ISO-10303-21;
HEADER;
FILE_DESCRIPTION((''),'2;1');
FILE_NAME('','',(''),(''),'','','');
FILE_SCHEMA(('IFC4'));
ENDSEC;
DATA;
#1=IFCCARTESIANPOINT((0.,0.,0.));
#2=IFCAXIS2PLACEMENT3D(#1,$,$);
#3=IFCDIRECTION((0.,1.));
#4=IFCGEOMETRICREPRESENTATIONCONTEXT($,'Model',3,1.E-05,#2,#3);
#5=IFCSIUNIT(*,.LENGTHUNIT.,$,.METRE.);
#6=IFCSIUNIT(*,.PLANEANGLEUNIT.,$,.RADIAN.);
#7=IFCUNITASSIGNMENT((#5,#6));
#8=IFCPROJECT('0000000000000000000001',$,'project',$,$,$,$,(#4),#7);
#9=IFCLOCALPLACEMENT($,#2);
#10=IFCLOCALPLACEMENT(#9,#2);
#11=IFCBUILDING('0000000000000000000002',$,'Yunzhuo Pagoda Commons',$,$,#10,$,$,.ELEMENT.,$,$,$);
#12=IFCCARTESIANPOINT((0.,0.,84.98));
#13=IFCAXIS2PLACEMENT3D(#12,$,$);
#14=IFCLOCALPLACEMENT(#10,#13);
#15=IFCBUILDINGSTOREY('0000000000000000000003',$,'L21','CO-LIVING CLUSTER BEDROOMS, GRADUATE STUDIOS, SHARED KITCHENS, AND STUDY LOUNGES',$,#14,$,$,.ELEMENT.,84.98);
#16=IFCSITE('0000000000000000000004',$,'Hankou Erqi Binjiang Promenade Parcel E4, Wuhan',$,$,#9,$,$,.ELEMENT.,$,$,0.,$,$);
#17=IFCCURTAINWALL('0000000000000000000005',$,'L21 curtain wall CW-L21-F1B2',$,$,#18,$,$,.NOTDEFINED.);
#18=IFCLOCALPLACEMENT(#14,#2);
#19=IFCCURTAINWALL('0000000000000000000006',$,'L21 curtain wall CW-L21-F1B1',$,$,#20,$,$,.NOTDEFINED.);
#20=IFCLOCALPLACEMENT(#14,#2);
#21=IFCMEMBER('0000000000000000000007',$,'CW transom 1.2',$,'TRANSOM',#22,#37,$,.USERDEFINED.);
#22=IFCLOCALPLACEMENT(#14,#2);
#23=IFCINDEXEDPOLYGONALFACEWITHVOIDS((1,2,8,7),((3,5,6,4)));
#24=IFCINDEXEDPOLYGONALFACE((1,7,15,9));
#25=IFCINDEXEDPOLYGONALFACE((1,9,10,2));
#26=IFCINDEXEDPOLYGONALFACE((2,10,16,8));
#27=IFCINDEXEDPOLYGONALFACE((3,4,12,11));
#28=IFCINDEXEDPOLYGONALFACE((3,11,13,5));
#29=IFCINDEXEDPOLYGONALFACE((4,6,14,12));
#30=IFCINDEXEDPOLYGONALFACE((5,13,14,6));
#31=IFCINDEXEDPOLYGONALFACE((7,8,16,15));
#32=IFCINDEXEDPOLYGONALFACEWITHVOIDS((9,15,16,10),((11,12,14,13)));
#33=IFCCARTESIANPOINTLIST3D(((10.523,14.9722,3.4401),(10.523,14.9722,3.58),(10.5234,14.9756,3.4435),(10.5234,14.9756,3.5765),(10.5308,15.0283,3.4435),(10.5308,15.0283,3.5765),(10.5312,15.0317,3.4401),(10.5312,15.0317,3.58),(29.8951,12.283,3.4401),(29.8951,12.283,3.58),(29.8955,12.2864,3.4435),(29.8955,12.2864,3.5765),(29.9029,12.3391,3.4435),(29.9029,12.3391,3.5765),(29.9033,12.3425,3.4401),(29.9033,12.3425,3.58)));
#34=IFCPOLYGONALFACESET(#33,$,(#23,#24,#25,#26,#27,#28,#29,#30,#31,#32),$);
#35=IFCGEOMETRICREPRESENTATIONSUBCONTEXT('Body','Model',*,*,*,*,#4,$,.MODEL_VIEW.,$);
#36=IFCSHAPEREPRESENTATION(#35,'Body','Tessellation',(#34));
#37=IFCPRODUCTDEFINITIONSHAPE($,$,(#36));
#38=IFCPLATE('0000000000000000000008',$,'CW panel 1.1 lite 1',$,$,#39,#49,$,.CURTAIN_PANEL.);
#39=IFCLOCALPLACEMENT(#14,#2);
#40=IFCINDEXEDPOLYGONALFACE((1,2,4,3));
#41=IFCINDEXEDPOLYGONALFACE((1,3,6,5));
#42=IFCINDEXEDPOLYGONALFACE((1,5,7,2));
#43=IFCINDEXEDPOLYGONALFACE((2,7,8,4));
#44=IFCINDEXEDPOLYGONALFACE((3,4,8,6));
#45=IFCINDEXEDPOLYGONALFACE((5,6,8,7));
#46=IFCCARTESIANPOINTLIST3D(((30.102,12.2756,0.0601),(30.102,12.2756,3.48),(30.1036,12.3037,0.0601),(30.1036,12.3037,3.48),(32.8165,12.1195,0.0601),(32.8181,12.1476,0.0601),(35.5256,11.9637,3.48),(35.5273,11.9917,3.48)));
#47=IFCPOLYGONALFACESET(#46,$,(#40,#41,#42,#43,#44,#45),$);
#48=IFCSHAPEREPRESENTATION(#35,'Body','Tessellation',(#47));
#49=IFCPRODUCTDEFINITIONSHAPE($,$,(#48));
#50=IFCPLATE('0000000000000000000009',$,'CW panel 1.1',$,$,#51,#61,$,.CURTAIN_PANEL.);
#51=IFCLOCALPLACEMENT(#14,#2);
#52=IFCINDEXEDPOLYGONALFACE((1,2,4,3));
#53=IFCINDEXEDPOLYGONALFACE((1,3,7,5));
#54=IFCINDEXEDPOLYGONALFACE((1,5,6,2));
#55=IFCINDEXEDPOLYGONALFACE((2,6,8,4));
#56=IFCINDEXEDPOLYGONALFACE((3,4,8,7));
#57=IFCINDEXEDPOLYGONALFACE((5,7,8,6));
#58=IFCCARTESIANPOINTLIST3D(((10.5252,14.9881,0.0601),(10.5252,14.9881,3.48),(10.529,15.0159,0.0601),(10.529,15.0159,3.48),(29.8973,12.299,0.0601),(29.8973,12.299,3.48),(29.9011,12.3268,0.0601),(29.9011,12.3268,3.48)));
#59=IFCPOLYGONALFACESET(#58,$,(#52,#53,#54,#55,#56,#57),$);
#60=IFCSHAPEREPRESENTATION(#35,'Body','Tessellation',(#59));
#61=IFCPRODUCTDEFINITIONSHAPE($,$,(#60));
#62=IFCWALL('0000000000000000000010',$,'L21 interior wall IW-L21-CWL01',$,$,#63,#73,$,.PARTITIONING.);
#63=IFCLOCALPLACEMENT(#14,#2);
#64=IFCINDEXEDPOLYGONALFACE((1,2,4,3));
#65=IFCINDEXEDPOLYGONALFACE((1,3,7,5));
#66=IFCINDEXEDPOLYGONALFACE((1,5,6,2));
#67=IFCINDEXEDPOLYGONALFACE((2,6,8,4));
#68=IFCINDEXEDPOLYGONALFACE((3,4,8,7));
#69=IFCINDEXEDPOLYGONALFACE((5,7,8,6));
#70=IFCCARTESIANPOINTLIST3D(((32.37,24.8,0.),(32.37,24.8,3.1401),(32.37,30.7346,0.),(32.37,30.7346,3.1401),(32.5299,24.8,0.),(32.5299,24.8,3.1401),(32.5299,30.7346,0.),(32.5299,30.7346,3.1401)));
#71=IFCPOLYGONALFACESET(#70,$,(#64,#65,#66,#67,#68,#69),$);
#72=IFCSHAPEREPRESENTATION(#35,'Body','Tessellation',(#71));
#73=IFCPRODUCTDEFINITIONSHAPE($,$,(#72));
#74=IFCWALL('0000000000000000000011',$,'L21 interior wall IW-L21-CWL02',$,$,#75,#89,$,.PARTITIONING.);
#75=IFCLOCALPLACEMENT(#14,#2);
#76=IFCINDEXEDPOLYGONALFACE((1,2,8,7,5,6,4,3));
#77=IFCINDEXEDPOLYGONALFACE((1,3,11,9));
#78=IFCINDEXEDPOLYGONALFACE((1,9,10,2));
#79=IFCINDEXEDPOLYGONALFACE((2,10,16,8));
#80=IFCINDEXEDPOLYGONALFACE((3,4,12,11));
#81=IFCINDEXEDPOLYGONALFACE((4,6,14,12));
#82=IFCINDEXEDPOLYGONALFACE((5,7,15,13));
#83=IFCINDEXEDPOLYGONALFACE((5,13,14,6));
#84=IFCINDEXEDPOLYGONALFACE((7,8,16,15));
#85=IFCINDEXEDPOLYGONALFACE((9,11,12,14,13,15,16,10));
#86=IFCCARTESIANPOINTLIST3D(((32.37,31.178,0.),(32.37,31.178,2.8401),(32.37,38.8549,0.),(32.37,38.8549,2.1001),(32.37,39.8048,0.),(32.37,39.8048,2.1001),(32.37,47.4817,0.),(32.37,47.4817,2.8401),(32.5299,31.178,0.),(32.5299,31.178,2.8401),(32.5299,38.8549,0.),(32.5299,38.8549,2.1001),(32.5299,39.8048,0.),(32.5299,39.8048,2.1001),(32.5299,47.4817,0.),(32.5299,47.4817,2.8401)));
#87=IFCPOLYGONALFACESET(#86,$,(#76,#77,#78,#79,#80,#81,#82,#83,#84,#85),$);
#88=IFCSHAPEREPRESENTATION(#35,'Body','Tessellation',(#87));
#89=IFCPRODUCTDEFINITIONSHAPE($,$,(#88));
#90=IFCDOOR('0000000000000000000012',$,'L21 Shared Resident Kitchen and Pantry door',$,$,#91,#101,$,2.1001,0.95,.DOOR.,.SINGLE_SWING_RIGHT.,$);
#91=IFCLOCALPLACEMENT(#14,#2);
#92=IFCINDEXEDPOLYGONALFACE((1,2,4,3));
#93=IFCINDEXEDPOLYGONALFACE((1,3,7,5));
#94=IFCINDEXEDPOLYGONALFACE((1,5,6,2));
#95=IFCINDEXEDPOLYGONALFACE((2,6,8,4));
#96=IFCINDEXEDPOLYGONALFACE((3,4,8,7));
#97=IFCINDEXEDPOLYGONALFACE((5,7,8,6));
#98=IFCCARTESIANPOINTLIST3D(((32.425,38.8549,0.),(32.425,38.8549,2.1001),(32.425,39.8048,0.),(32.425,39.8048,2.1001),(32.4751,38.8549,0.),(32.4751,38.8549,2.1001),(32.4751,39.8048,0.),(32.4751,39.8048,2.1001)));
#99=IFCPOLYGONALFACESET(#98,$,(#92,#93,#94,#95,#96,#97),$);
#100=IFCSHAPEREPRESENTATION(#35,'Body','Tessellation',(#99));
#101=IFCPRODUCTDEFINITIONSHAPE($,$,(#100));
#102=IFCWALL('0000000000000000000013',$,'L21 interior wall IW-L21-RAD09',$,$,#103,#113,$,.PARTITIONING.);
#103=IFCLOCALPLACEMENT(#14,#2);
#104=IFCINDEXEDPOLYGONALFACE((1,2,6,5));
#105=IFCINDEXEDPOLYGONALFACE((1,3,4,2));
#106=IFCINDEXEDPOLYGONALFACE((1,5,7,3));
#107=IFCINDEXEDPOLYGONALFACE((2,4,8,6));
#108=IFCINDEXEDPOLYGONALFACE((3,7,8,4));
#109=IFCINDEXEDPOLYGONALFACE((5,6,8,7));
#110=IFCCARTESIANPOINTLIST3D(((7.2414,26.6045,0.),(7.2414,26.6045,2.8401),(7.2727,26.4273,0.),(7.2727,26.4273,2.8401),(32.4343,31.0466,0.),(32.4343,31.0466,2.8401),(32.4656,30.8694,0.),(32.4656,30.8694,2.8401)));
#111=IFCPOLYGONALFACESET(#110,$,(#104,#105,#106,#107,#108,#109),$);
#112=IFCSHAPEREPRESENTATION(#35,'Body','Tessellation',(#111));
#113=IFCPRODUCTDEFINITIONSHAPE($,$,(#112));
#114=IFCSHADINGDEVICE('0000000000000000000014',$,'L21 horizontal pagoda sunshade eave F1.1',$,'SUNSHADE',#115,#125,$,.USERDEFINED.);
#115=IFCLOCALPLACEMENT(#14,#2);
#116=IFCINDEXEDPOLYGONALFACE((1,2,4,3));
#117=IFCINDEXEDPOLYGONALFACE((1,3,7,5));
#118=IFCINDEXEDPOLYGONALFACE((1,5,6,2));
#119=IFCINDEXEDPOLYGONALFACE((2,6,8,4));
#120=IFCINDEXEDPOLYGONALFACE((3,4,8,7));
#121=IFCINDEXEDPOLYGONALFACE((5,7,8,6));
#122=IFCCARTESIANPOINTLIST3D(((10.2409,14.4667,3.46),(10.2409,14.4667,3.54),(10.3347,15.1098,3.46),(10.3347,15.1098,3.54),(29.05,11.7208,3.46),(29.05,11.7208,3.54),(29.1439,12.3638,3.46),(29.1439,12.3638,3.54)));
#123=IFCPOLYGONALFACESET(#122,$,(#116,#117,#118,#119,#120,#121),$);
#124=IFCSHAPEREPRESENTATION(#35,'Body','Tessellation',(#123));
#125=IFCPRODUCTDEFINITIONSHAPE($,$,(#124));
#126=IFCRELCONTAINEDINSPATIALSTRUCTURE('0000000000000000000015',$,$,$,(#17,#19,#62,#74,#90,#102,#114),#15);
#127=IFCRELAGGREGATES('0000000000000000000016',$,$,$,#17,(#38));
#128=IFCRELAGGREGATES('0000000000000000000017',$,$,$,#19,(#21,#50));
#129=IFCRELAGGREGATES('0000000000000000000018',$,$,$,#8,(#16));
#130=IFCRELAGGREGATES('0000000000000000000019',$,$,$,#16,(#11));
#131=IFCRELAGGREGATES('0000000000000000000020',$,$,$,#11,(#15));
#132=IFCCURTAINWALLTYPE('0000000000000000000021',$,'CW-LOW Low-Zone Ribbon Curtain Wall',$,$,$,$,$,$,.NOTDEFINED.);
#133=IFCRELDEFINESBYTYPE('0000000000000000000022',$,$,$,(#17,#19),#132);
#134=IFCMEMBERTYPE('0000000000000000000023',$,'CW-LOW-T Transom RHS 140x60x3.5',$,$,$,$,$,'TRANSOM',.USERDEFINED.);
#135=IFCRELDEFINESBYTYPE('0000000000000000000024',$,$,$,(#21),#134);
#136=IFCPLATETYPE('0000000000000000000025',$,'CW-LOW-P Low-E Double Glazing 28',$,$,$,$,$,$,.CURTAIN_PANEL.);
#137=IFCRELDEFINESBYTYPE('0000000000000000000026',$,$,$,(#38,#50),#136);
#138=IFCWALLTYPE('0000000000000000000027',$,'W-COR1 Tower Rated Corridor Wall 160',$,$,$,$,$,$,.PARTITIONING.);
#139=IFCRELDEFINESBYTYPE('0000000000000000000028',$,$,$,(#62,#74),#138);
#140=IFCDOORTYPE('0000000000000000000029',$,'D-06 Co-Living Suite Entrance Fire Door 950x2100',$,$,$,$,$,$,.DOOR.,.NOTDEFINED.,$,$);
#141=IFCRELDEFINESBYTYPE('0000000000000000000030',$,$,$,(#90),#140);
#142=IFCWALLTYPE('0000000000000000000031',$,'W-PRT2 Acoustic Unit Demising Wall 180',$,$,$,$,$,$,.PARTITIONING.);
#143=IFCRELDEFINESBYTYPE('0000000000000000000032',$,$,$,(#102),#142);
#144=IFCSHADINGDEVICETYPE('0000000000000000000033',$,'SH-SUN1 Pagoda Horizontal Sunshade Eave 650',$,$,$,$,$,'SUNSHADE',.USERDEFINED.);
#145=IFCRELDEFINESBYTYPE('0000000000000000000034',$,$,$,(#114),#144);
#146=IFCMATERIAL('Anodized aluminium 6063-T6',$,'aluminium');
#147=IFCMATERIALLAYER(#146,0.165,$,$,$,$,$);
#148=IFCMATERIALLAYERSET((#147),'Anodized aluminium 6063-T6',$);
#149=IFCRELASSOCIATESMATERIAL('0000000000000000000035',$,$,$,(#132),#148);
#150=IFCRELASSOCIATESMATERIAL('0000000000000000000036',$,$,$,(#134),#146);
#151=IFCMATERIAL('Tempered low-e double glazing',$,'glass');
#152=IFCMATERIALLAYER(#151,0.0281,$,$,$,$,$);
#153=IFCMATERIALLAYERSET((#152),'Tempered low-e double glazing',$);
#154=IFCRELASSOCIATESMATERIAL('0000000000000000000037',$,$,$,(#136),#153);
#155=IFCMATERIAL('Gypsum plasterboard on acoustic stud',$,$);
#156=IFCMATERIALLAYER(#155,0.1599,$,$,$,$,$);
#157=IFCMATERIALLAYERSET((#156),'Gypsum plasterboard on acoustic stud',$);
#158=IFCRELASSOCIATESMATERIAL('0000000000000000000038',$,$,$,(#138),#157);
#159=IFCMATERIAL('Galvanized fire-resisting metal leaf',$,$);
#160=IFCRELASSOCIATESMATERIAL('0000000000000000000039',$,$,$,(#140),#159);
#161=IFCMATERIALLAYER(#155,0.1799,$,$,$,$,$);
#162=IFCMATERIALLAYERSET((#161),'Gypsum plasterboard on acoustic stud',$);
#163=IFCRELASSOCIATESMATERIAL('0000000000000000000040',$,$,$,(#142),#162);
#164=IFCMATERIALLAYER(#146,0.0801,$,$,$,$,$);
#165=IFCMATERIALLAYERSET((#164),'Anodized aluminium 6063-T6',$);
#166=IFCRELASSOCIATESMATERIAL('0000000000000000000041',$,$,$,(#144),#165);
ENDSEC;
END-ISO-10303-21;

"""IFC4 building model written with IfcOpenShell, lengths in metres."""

from ifc_helpers import new_model, si_unit, direction, frame, frame_2d, origin, origin_with_axes, origin_2d, place, context, subcontext, project, spatial, polyline, rectangle, hollow_rectangle, outline, extrude, source, transform, mapped, material, layer, layer_set, material_profile, profile_set, type_object, element, fill, aggregate, save


model = new_model("IFC4")

# Units and contexts
model_context = context("Model", 3, precision=1e-05, world=origin(), true_north=direction((0.0, 1.0)))
body_context = subcontext(model_context, "Body", "Model", "MODEL_VIEW")
ifc_project = project(units=[si_unit("LENGTHUNIT", "METRE"), si_unit("PLANEANGLEUNIT", "RADIAN")], contexts=[model_context])

# Site, building, storey
site_placement = place(None, origin())
site = spatial("IfcSite", under=ifc_project, at=site_placement, Name="Hankou Erqi Binjiang Promenade Parcel E4, Wuhan", CompositionType="ELEMENT", RefElevation=0.0)
building_placement = place(site_placement, origin())
building = spatial("IfcBuilding", under=site, at=building_placement, Name="Yunzhuo Pagoda Commons", CompositionType="ELEMENT")
storey_placement = place(building_placement, frame((0.0, 0.0, 84.98)))
storey = spatial("IfcBuildingStorey", under=building, at=storey_placement, Name="L21", Description="CO-LIVING CLUSTER BEDROOMS, GRADUATE STUDIOS, SHARED KITCHENS, AND STUDY LOUNGES", CompositionType="ELEMENT", Elevation=84.98)

# Curtain wall
ifc_material_1 = material(Name="Anodized aluminium 6063-T6", Category="aluminium")
ifc_layer_1 = layer(ifc_material_1, 0.165)
ifc_layer_set_1 = layer_set([ifc_layer_1], Name="Anodized aluminium 6063-T6")
curtain_wall_type = type_object("IfcCurtainWallType", Name="CW-LOW Low-Zone Ribbon Curtain Wall", PredefinedType="NOTDEFINED", material=ifc_layer_set_1)
curtain_wall_1_placement = place(storey_placement, origin())
curtain_wall_1 = element("IfcCurtainWall", 1, at=curtain_wall_1_placement, inside=storey, type_object=curtain_wall_type, Name="L21 curtain wall CW-L21-F1B2", PredefinedType="NOTDEFINED")

# Curtain wall
curtain_wall_2_placement = place(storey_placement, origin())
curtain_wall_2 = element("IfcCurtainWall", 2, at=curtain_wall_2_placement, inside=storey, type_object=curtain_wall_type, Name="L21 curtain wall CW-L21-F1B1", PredefinedType="NOTDEFINED")

# Member
ifc_material_profile_1 = material_profile(ifc_material_1, hollow_rectangle(XDim=0.0601, YDim=0.1399, WallThickness=0.0034, at=origin_2d()), Name="Anodized aluminium 6063-T6")
ifc_profile_set_1 = profile_set([ifc_material_profile_1], Name="Anodized aluminium 6063-T6")
member_type_1 = type_object("IfcMemberType", Name="CW-LOW-T Transom RHS 140x60x3.5", ElementType="TRANSOM", PredefinedType="USERDEFINED", material=ifc_profile_set_1)
shared_shape_1 = source(origin(), body_context, "Body", "SweptSolid", [
    extrude(hollow_rectangle(XDim=0.0601, YDim=0.1399, WallThickness=0.0034, at=origin_2d()), origin(), (0.0, 0.0, 1.0), 19.5579),
])
member_1_placement = place(storey_placement, frame((10.5271, 15.002, 3.51), z_axis=(0.990502, -0.1375, 0.0), x_axis=(0.1375, 0.990502, 0.0)))
member_1 = element("IfcMember", 3, at=member_1_placement, type_object=member_type_1, Name="CW transom 1.2", ObjectType="TRANSOM", PredefinedType="USERDEFINED", context=body_context, shape_type="MappedRepresentation", body=[
    mapped(shared_shape_1, transform((0.0, 0.0, 0.0), scale=1.0)),
])

# Plates
ifc_material_2 = material(Name="Tempered low-e double glazing", Category="glass")
ifc_layer_2 = layer(ifc_material_2, 0.0281)
ifc_layer_set_2 = layer_set([ifc_layer_2], Name="Tempered low-e double glazing")
plate_type = type_object("IfcPlateType", Name="CW-LOW-P Low-E Double Glazing 28", PredefinedType="CURTAIN_PANEL", material=ifc_layer_set_2)
plate_1_placement = place(storey_placement, frame((32.8154, 12.1477, 1.77), z_axis=(-0.057418, -0.99835, 0.0), x_axis=(0.99835, -0.057418, 0.0)))
plate_1 = element("IfcPlate", 4, at=plate_1_placement, type_object=plate_type, Name="CW panel 1.1 lite 1", PredefinedType="CURTAIN_PANEL", context=body_context, shape_type="SweptSolid", body=[
    extrude(outline(polyline([(-2.7163, -1.71), (0.0027, -1.71), (2.7163, 1.71), (-2.7163, 1.71), (-2.7163, -1.71)])), origin(), (0.0, 0.0, 1.0), 0.0281),
])
aggregate(curtain_wall_1, [plate_1])
shared_shape_2 = source(origin(), body_context, "Body", "SweptSolid", [
    extrude(rectangle(XDim=19.5579, YDim=0.0281, at=origin_2d()), origin(), (0.0, 0.0, 1.0), 3.4199),
])
plate_2_placement = place(storey_placement, frame((20.2131, 13.6575, 0.0601), z_axis=(0.0, 0.0, 1.0), x_axis=(0.990502, -0.137496, 0.0)))
plate_2 = element("IfcPlate", 5, at=plate_2_placement, type_object=plate_type, Name="CW panel 1.1", PredefinedType="CURTAIN_PANEL", context=body_context, shape_type="MappedRepresentation", body=[
    mapped(shared_shape_2, transform((0.0, 0.0, 0.0), scale=1.0)),
])
aggregate(curtain_wall_2, [member_1, plate_2])

# Wall
ifc_material_3 = material(Name="Gypsum plasterboard on acoustic stud")
ifc_layer_3 = layer(ifc_material_3, 0.1599)
ifc_layer_set_3 = layer_set([ifc_layer_3], Name="Gypsum plasterboard on acoustic stud")
wall_type_1 = type_object("IfcWallType", Name="W-COR1 Tower Rated Corridor Wall 160", PredefinedType="PARTITIONING", material=ifc_layer_set_3)
wall_1_placement = place(storey_placement, frame((32.45, 24.8, 0.0), z_axis=(0.0, 0.0, 1.0), x_axis=(0.0, 1.0, 0.0)))
element("IfcWall", 6, at=wall_1_placement, inside=storey, type_object=wall_type_1, Name="L21 interior wall IW-L21-CWL01", PredefinedType="PARTITIONING", context=body_context, shape_type="SweptSolid", body=[
    extrude(rectangle(XDim=5.9346, YDim=0.1599, at=frame_2d((2.9673, 0.0))), origin(), (0.0, 0.0, 1.0), 3.1401),
])

# Wall, opening, door
wall_2_placement = place(storey_placement, frame((32.45, 31.178, 0.0), z_axis=(0.0, 0.0, 1.0), x_axis=(0.0, 1.0, 0.0)))
wall_2 = element("IfcWall", 7, at=wall_2_placement, inside=storey, type_object=wall_type_1, Name="L21 interior wall IW-L21-CWL02", PredefinedType="PARTITIONING", context=body_context, shape_type="SweptSolid", body=[
    extrude(rectangle(XDim=16.3037, YDim=0.1599, at=frame_2d((8.1519, 0.0))), origin(), (0.0, 0.0, 1.0), 2.8401),
])
opening_placement = place(wall_2_placement, frame((7.6768, 0.0, 0.0)))
opening = element("IfcOpeningElement", 8, at=opening_placement, cuts=wall_2, PredefinedType="OPENING", context=body_context, shape_type="SweptSolid", body=[
    extrude(rectangle(XDim=0.95, YDim=2.1001, at=frame_2d((0.4751, 1.05))), frame((0.0, 0.0898, 0.0), z_axis=(0.0, -1.0, 0.0), x_axis=(1.0, 0.0, 0.0)), (0.0, 0.0, 1.0), 0.1799),
])
ifc_material_4 = material(Name="Galvanized fire-resisting metal leaf")
door_type = type_object("IfcDoorType", Name="D-06 Co-Living Suite Entrance Fire Door 950x2100", OperationType="NOTDEFINED", PredefinedType="DOOR", material=ifc_material_4)
shared_shape_3 = source(origin(), body_context, "Body", "SweptSolid", [
    extrude(rectangle(XDim=0.95, YDim=2.1001, at=frame_2d((0.4751, 1.05))), frame((0.0, 0.0249, 0.0), z_axis=(0.0, -1.0, 0.0), x_axis=(1.0, 0.0, 0.0)), (0.0, 0.0, 1.0), 0.05),
])
door_placement = place(opening_placement, origin_with_axes())
door = element("IfcDoor", 9, at=door_placement, inside=storey, type_object=door_type, Name="L21 Shared Resident Kitchen and Pantry door", OperationType="SINGLE_SWING_RIGHT", OverallHeight=2.1001, OverallWidth=0.95, PredefinedType="DOOR", context=body_context, shape_type="MappedRepresentation", body=[
    mapped(shared_shape_3, transform((0.0, 0.0, 0.0), scale=1.0)),
])
fill(opening, door)

# Wall
ifc_layer_4 = layer(ifc_material_3, 0.1799)
ifc_layer_set_4 = layer_set([ifc_layer_4], Name="Gypsum plasterboard on acoustic stud")
wall_type_2 = type_object("IfcWallType", Name="W-PRT2 Acoustic Unit Demising Wall 180", PredefinedType="PARTITIONING", material=ifc_layer_set_4)
wall_3_placement = place(storey_placement, frame((32.45, 30.958, 0.0), z_axis=(0.0, 0.0, 1.0), x_axis=(-0.984808, -0.173647, 0.0)))
element("IfcWall", 10, at=wall_3_placement, inside=storey, type_object=wall_type_2, Name="L21 interior wall IW-L21-RAD09", PredefinedType="PARTITIONING", context=body_context, shape_type="SweptSolid", body=[
    extrude(rectangle(XDim=25.5815, YDim=0.1799, at=frame_2d((12.7908, 0.0))), origin(), (0.0, 0.0, 1.0), 2.8401),
])

# Shading device
ifc_layer_5 = layer(ifc_material_1, 0.0801)
ifc_layer_set_5 = layer_set([ifc_layer_5], Name="Anodized aluminium 6063-T6")
shading_device_type = type_object("IfcShadingDeviceType", Name="SH-SUN1 Pagoda Horizontal Sunshade Eave 650", ElementType="SUNSHADE", PredefinedType="USERDEFINED", material=ifc_layer_set_5)
shared_shape_4 = source(origin(), body_context, "Body", "SweptSolid", [
    extrude(rectangle(XDim=19.0085, YDim=0.6499, at=origin_2d()), origin(), (0.0, 0.0, 1.0), 0.0801),
])
shading_device_placement = place(storey_placement, frame((19.6924, 13.4153, 3.46), z_axis=(0.0, 0.0, 1.0), x_axis=(0.989511, -0.14446, 0.0)))
element("IfcShadingDevice", 11, at=shading_device_placement, inside=storey, type_object=shading_device_type, Name="L21 horizontal pagoda sunshade eave F1.1", ObjectType="SUNSHADE", PredefinedType="USERDEFINED", context=body_context, shape_type="MappedRepresentation", body=[
    mapped(shared_shape_4, transform((0.0, 0.0, 0.0), scale=1.0)),
])

save(model, "model.ifc")
